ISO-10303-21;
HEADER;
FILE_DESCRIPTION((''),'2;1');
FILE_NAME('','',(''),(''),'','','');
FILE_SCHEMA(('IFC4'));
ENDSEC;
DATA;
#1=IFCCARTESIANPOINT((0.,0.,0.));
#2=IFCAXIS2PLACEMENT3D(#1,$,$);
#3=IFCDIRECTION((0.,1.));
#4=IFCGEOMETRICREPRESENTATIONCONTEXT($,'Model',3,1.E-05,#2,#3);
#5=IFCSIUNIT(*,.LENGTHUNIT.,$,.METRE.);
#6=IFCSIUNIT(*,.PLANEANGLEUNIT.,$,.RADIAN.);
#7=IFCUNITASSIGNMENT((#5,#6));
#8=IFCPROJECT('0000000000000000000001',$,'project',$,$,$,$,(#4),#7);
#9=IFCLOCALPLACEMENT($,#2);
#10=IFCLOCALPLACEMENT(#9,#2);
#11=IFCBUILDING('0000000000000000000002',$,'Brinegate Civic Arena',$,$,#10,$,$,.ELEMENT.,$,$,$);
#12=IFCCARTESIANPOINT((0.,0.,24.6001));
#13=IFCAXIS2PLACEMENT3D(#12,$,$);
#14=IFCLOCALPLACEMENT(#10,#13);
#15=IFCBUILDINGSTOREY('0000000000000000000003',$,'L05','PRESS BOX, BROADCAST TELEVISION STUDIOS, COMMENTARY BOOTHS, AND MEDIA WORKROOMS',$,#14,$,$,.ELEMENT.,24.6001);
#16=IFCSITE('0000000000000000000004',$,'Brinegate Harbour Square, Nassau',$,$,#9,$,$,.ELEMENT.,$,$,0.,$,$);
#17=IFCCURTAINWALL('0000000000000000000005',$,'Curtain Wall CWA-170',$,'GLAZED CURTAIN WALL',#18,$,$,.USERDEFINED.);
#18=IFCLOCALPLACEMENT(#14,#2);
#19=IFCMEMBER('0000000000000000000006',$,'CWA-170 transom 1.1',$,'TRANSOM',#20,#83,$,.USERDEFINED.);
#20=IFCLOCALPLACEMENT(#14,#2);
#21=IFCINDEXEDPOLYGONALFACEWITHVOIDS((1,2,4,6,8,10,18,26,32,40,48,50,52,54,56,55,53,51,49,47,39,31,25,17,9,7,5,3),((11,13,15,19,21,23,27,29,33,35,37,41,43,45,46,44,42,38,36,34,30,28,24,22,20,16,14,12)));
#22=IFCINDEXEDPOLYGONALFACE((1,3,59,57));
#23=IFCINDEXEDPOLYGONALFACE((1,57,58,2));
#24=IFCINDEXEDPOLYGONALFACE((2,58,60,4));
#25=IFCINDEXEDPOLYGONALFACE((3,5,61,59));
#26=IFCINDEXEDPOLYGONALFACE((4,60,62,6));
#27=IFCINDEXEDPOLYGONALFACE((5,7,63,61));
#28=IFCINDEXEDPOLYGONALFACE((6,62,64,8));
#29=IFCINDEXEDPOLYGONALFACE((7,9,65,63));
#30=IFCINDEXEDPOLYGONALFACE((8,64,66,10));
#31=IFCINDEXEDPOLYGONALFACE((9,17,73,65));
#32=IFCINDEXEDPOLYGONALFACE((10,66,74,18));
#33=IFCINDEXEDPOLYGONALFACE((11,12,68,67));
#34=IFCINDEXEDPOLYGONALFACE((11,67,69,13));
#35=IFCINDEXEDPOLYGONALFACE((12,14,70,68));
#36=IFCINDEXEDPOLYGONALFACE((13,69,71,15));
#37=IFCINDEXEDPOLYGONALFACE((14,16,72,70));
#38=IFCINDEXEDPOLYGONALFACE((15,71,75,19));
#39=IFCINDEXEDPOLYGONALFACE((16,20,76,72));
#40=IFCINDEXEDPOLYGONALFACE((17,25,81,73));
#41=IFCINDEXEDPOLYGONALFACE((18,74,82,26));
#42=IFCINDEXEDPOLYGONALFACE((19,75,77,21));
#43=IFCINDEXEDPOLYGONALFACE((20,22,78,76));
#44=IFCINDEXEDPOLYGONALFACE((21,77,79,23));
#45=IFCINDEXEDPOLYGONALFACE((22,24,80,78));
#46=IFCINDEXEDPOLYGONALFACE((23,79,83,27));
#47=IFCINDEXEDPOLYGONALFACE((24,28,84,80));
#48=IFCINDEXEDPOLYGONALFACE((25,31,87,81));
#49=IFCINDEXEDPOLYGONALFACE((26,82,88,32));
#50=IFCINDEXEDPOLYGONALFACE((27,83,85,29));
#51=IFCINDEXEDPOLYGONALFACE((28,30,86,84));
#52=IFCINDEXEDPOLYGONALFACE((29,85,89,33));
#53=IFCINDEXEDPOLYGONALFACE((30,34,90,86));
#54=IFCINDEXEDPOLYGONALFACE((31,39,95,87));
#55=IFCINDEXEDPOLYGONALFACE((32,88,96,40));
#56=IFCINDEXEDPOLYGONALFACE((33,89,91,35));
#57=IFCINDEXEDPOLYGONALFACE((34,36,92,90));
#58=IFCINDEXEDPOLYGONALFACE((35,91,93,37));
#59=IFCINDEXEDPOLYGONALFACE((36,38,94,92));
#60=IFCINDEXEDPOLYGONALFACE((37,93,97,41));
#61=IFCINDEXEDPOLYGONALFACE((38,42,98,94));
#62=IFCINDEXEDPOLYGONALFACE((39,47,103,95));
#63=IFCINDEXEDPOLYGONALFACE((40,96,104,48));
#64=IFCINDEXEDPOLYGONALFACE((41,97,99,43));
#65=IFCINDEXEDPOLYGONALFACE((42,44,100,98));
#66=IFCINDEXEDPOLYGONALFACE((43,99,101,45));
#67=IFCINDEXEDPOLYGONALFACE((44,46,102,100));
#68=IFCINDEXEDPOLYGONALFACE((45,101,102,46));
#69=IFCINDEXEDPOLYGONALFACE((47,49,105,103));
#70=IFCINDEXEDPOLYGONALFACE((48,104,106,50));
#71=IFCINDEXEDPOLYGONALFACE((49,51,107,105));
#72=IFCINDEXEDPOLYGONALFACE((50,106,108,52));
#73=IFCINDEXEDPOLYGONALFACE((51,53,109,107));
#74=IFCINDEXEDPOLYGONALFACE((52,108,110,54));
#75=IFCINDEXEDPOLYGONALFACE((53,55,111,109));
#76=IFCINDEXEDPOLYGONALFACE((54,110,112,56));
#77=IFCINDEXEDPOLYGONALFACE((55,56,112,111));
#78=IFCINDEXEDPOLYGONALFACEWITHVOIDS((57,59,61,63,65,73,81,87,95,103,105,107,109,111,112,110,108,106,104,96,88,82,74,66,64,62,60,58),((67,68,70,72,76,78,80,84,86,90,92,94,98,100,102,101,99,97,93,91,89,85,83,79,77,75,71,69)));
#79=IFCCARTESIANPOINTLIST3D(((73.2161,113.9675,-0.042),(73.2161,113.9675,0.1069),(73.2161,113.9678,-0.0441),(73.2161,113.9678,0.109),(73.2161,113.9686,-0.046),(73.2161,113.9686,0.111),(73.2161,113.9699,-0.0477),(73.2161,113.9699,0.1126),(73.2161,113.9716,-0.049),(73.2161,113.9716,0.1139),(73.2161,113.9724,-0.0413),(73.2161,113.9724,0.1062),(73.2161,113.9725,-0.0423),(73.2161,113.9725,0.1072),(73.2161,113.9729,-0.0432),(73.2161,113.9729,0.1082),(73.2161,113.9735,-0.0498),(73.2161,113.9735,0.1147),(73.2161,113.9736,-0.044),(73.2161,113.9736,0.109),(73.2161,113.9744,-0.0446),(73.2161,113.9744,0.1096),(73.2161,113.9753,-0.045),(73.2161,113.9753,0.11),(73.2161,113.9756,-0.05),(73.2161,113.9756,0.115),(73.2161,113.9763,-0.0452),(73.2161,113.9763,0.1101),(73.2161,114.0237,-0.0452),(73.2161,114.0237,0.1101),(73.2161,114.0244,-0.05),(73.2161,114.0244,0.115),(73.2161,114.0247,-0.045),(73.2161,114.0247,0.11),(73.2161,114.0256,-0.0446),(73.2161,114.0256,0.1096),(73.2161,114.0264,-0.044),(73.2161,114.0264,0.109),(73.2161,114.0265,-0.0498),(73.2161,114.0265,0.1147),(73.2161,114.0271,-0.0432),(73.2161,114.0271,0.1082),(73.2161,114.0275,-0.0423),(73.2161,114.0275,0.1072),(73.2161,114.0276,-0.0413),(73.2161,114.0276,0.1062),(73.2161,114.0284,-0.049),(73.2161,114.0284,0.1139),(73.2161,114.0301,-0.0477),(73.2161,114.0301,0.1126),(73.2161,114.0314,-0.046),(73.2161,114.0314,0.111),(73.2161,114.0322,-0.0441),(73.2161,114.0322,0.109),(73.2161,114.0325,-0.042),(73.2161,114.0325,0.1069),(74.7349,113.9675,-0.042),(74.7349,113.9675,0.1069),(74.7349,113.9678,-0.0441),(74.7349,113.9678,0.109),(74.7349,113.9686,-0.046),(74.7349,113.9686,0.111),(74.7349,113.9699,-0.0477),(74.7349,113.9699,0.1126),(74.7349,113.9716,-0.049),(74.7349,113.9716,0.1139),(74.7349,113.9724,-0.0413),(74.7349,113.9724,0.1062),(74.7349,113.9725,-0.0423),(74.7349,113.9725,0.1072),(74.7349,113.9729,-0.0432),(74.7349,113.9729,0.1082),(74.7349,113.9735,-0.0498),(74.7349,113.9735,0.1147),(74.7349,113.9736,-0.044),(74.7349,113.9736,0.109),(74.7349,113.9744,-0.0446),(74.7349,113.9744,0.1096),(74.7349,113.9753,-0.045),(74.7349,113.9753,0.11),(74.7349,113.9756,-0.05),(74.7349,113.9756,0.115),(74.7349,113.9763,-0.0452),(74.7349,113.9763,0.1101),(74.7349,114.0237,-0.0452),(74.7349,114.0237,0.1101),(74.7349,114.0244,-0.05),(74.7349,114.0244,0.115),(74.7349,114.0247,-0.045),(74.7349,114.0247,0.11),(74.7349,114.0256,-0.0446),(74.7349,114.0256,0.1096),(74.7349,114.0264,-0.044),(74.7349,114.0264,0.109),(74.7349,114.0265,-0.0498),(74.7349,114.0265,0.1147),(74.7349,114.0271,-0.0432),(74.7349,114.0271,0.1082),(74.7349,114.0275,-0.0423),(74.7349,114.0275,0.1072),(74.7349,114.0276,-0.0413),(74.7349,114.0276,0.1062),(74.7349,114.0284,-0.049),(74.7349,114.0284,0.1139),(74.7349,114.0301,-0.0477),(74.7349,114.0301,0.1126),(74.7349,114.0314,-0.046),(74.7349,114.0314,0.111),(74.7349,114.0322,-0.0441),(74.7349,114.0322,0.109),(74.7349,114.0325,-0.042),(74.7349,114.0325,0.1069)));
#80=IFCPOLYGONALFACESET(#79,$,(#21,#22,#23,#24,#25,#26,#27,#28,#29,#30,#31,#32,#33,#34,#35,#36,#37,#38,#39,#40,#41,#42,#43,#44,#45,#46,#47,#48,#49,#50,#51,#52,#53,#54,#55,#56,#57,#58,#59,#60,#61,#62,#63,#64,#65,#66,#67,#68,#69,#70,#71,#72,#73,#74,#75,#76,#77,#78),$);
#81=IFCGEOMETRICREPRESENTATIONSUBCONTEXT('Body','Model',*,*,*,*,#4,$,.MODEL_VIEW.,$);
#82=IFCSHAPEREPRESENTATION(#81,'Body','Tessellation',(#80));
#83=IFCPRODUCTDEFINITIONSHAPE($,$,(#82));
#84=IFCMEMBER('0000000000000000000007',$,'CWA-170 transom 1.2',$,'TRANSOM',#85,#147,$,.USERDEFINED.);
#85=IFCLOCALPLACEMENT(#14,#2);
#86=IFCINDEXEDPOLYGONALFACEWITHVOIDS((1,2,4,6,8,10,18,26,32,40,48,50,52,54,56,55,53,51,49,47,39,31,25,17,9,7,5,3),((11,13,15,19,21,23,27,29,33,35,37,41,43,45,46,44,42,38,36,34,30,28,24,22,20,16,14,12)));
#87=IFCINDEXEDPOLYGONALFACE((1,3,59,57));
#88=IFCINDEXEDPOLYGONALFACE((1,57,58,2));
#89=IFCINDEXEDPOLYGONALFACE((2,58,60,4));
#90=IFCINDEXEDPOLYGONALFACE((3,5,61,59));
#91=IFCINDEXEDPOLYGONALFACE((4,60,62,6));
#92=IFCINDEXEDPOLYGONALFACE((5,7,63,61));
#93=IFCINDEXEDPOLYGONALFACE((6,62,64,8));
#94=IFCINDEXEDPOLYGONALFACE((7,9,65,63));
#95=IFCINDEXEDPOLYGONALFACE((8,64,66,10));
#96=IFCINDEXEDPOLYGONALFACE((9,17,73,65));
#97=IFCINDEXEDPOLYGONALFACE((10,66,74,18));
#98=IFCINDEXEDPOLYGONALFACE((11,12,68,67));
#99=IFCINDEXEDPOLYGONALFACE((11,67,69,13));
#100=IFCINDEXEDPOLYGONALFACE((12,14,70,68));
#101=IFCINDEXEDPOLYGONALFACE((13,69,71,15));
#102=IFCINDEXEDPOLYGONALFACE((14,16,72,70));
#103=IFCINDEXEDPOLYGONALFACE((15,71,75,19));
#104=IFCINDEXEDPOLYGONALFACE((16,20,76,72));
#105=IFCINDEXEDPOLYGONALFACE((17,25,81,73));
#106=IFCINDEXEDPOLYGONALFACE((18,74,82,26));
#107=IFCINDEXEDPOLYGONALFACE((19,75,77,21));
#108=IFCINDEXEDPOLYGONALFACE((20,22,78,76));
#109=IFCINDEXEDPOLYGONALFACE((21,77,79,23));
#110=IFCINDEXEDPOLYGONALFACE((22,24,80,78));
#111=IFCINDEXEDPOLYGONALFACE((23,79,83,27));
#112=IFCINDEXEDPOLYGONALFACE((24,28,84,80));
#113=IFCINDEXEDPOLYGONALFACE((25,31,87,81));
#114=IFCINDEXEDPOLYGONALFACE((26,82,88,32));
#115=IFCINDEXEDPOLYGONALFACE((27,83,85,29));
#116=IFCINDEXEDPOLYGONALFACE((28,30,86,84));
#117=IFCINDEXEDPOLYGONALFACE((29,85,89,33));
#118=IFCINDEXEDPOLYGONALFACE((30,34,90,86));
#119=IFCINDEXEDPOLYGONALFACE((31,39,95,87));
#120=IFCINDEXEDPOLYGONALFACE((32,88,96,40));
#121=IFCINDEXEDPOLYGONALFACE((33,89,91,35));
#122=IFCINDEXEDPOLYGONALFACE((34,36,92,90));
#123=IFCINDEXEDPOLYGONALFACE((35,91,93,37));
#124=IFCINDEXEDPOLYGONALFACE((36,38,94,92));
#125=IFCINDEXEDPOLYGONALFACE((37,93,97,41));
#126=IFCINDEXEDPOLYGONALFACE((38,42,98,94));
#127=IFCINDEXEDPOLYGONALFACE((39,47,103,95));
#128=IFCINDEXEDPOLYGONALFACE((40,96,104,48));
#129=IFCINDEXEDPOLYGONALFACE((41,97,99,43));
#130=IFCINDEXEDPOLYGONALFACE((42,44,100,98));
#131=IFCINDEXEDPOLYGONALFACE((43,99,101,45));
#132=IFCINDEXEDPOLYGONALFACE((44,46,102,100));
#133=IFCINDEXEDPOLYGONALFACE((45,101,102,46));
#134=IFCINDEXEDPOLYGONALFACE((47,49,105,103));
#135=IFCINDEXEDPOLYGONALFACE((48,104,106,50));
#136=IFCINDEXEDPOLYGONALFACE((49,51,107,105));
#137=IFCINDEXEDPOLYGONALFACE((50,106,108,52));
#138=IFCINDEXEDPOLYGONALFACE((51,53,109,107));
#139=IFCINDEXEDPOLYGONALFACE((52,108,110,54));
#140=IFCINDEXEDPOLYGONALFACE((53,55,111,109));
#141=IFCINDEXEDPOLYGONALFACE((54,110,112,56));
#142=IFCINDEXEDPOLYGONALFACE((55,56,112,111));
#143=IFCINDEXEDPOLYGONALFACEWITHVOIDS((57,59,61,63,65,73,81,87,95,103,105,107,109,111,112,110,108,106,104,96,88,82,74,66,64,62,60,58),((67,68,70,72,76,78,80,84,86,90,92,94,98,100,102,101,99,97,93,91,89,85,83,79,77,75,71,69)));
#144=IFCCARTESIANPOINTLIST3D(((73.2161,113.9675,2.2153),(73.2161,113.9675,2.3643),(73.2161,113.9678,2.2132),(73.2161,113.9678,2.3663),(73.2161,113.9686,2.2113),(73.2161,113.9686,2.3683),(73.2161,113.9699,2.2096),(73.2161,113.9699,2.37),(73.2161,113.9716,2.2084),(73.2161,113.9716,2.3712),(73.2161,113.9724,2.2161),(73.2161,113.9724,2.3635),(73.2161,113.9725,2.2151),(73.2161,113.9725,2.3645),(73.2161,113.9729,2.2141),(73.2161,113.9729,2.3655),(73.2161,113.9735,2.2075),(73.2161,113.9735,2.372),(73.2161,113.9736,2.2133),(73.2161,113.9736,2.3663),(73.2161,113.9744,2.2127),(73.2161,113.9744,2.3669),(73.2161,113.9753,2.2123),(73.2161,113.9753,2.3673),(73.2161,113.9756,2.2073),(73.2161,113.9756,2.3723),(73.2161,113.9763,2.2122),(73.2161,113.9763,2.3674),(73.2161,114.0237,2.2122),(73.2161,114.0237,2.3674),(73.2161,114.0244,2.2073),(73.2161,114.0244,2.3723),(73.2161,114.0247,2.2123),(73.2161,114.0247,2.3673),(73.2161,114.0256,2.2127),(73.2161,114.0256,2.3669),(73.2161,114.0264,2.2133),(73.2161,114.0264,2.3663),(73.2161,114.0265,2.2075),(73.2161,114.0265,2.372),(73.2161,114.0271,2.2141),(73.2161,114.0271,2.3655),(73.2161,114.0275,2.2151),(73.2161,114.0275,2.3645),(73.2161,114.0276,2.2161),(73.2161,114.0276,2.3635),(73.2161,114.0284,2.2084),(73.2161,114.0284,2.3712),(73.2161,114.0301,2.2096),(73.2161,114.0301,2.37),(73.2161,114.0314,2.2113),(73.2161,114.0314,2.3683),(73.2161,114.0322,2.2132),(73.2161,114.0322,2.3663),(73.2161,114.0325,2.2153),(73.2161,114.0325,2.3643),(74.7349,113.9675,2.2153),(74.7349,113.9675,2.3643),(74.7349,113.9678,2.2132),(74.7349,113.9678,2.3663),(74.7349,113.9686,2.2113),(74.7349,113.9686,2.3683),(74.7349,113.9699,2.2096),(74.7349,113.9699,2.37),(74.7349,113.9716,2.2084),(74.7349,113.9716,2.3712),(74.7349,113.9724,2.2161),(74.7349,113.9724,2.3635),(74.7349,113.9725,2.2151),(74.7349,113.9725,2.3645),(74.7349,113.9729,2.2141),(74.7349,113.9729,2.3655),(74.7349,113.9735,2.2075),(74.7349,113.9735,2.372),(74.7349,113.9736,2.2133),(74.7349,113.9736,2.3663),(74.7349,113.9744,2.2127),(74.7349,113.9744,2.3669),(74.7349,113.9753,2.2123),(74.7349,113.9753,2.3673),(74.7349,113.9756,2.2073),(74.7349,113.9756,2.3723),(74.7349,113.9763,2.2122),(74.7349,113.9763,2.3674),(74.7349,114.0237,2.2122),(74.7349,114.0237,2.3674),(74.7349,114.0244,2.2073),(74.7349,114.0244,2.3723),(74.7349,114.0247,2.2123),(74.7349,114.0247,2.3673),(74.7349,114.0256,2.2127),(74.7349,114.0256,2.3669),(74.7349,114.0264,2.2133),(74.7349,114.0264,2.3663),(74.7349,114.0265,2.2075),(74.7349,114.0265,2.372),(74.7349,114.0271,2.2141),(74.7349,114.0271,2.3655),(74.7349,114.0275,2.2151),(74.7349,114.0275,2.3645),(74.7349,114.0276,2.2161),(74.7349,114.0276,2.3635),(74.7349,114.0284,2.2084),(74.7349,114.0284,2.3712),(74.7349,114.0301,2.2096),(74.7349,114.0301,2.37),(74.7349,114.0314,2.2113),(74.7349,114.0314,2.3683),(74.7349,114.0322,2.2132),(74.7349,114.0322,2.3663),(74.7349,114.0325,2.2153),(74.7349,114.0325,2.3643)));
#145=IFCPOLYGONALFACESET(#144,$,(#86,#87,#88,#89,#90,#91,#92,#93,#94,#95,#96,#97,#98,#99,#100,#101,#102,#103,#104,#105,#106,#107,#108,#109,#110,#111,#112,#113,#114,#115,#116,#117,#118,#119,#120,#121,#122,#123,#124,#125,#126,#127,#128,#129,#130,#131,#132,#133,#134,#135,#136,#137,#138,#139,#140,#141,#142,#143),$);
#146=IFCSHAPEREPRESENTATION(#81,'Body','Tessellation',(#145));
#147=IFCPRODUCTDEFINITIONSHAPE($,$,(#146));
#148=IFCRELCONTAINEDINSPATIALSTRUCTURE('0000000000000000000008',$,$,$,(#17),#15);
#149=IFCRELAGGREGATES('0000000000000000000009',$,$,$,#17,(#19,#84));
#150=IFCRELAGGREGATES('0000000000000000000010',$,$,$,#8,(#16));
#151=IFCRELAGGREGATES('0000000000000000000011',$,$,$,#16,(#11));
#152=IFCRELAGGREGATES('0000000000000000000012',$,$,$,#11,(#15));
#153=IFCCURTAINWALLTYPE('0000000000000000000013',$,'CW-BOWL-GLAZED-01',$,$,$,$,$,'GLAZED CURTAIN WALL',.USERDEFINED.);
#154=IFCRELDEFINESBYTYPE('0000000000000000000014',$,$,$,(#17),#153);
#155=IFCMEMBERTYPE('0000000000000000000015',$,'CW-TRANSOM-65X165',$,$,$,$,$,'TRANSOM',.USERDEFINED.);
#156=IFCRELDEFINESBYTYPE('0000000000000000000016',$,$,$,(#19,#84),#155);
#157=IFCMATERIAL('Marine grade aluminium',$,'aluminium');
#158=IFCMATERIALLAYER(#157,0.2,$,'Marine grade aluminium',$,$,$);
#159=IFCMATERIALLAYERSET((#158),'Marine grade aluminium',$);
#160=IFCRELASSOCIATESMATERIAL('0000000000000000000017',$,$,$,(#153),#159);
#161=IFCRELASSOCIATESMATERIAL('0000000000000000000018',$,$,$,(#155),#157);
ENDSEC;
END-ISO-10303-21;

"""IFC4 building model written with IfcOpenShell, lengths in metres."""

from ifc_helpers import new_model, si_unit, direction, frame, origin, origin_2d, place, context, subcontext, project, spatial, hollow_rectangle, extrude, material, layer, layer_set, material_profile, profile_set, type_object, element, aggregate, save


model = new_model("IFC4")

# Units and contexts
model_context = context("Model", 3, precision=1e-05, world=origin(), true_north=direction((0.0, 1.0)))
body_context = subcontext(model_context, "Body", "Model", "MODEL_VIEW")
ifc_project = project(units=[si_unit("LENGTHUNIT", "METRE"), si_unit("PLANEANGLEUNIT", "RADIAN")], contexts=[model_context])

# Site, building, storey
site_placement = place(None, origin())
site = spatial("IfcSite", under=ifc_project, at=site_placement, Name="Brinegate Harbour Square, Nassau", CompositionType="ELEMENT", RefElevation=0.0)
building_placement = place(site_placement, origin())
building = spatial("IfcBuilding", under=site, at=building_placement, Name="Brinegate Civic Arena", CompositionType="ELEMENT")
storey_placement = place(building_placement, frame((0.0, 0.0, 24.6001)))
storey = spatial("IfcBuildingStorey", under=building, at=storey_placement, Name="L05", Description="PRESS BOX, BROADCAST TELEVISION STUDIOS, COMMENTARY BOOTHS, AND MEDIA WORKROOMS", CompositionType="ELEMENT", Elevation=24.6001)

# Curtain wall
ifc_material_1 = material(Name="Marine grade aluminium", Category="aluminium")
ifc_layer_1 = layer(ifc_material_1, 0.2, Name="Marine grade aluminium")
ifc_layer_set_1 = layer_set([ifc_layer_1], Name="Marine grade aluminium")
curtain_wall_type = type_object("IfcCurtainWallType", Name="CW-BOWL-GLAZED-01", ElementType="GLAZED CURTAIN WALL", PredefinedType="USERDEFINED", material=ifc_layer_set_1)
curtain_wall_1_placement = place(storey_placement, origin())
curtain_wall_1 = element("IfcCurtainWall", 1, at=curtain_wall_1_placement, inside=storey, type_object=curtain_wall_type, Name="Curtain Wall CWA-170", ObjectType="GLAZED CURTAIN WALL", PredefinedType="USERDEFINED")

# Members
ifc_material_profile_1 = material_profile(ifc_material_1, hollow_rectangle(XDim=0.0649, YDim=0.165, WallThickness=0.0049, InnerFilletRadius=0.0039, OuterFilletRadius=0.0081, at=origin_2d()), Name="TRN65X165")
ifc_profile_set_1 = profile_set([ifc_material_profile_1], Name="Marine grade aluminium")
member_type_1 = type_object("IfcMemberType", Name="CW-TRANSOM-65X165", ElementType="TRANSOM", PredefinedType="USERDEFINED", material=ifc_profile_set_1)
member_1_placement = place(storey_placement, frame((73.2161, 114.0, 0.0325), z_axis=(1.0, 0.0, 0.0), x_axis=(0.0, 1.0, 0.0)))
member_1 = element("IfcMember", 2, at=member_1_placement, type_object=member_type_1, Name="CWA-170 transom 1.1", ObjectType="TRANSOM", PredefinedType="USERDEFINED", context=body_context, shape_type="SweptSolid", body=[
    extrude(hollow_rectangle(XDim=0.0649, YDim=0.165, WallThickness=0.0049, InnerFilletRadius=0.0039, OuterFilletRadius=0.0081, at=origin_2d()), origin(), (0.0, 0.0, 1.0), 1.5188),
])
member_2_placement = place(storey_placement, frame((73.2161, 114.0, 2.2898), z_axis=(1.0, 0.0, 0.0), x_axis=(0.0, 1.0, 0.0)))
member_2 = element("IfcMember", 3, at=member_2_placement, type_object=member_type_1, Name="CWA-170 transom 1.2", ObjectType="TRANSOM", PredefinedType="USERDEFINED", context=body_context, shape_type="SweptSolid", body=[
    extrude(hollow_rectangle(XDim=0.0649, YDim=0.165, WallThickness=0.0049, InnerFilletRadius=0.0039, OuterFilletRadius=0.0081, at=origin_2d()), origin(), (0.0, 0.0, 1.0), 1.5188),
])

aggregate(curtain_wall_1, [member_1, member_2])

save(model, "model.ifc")
